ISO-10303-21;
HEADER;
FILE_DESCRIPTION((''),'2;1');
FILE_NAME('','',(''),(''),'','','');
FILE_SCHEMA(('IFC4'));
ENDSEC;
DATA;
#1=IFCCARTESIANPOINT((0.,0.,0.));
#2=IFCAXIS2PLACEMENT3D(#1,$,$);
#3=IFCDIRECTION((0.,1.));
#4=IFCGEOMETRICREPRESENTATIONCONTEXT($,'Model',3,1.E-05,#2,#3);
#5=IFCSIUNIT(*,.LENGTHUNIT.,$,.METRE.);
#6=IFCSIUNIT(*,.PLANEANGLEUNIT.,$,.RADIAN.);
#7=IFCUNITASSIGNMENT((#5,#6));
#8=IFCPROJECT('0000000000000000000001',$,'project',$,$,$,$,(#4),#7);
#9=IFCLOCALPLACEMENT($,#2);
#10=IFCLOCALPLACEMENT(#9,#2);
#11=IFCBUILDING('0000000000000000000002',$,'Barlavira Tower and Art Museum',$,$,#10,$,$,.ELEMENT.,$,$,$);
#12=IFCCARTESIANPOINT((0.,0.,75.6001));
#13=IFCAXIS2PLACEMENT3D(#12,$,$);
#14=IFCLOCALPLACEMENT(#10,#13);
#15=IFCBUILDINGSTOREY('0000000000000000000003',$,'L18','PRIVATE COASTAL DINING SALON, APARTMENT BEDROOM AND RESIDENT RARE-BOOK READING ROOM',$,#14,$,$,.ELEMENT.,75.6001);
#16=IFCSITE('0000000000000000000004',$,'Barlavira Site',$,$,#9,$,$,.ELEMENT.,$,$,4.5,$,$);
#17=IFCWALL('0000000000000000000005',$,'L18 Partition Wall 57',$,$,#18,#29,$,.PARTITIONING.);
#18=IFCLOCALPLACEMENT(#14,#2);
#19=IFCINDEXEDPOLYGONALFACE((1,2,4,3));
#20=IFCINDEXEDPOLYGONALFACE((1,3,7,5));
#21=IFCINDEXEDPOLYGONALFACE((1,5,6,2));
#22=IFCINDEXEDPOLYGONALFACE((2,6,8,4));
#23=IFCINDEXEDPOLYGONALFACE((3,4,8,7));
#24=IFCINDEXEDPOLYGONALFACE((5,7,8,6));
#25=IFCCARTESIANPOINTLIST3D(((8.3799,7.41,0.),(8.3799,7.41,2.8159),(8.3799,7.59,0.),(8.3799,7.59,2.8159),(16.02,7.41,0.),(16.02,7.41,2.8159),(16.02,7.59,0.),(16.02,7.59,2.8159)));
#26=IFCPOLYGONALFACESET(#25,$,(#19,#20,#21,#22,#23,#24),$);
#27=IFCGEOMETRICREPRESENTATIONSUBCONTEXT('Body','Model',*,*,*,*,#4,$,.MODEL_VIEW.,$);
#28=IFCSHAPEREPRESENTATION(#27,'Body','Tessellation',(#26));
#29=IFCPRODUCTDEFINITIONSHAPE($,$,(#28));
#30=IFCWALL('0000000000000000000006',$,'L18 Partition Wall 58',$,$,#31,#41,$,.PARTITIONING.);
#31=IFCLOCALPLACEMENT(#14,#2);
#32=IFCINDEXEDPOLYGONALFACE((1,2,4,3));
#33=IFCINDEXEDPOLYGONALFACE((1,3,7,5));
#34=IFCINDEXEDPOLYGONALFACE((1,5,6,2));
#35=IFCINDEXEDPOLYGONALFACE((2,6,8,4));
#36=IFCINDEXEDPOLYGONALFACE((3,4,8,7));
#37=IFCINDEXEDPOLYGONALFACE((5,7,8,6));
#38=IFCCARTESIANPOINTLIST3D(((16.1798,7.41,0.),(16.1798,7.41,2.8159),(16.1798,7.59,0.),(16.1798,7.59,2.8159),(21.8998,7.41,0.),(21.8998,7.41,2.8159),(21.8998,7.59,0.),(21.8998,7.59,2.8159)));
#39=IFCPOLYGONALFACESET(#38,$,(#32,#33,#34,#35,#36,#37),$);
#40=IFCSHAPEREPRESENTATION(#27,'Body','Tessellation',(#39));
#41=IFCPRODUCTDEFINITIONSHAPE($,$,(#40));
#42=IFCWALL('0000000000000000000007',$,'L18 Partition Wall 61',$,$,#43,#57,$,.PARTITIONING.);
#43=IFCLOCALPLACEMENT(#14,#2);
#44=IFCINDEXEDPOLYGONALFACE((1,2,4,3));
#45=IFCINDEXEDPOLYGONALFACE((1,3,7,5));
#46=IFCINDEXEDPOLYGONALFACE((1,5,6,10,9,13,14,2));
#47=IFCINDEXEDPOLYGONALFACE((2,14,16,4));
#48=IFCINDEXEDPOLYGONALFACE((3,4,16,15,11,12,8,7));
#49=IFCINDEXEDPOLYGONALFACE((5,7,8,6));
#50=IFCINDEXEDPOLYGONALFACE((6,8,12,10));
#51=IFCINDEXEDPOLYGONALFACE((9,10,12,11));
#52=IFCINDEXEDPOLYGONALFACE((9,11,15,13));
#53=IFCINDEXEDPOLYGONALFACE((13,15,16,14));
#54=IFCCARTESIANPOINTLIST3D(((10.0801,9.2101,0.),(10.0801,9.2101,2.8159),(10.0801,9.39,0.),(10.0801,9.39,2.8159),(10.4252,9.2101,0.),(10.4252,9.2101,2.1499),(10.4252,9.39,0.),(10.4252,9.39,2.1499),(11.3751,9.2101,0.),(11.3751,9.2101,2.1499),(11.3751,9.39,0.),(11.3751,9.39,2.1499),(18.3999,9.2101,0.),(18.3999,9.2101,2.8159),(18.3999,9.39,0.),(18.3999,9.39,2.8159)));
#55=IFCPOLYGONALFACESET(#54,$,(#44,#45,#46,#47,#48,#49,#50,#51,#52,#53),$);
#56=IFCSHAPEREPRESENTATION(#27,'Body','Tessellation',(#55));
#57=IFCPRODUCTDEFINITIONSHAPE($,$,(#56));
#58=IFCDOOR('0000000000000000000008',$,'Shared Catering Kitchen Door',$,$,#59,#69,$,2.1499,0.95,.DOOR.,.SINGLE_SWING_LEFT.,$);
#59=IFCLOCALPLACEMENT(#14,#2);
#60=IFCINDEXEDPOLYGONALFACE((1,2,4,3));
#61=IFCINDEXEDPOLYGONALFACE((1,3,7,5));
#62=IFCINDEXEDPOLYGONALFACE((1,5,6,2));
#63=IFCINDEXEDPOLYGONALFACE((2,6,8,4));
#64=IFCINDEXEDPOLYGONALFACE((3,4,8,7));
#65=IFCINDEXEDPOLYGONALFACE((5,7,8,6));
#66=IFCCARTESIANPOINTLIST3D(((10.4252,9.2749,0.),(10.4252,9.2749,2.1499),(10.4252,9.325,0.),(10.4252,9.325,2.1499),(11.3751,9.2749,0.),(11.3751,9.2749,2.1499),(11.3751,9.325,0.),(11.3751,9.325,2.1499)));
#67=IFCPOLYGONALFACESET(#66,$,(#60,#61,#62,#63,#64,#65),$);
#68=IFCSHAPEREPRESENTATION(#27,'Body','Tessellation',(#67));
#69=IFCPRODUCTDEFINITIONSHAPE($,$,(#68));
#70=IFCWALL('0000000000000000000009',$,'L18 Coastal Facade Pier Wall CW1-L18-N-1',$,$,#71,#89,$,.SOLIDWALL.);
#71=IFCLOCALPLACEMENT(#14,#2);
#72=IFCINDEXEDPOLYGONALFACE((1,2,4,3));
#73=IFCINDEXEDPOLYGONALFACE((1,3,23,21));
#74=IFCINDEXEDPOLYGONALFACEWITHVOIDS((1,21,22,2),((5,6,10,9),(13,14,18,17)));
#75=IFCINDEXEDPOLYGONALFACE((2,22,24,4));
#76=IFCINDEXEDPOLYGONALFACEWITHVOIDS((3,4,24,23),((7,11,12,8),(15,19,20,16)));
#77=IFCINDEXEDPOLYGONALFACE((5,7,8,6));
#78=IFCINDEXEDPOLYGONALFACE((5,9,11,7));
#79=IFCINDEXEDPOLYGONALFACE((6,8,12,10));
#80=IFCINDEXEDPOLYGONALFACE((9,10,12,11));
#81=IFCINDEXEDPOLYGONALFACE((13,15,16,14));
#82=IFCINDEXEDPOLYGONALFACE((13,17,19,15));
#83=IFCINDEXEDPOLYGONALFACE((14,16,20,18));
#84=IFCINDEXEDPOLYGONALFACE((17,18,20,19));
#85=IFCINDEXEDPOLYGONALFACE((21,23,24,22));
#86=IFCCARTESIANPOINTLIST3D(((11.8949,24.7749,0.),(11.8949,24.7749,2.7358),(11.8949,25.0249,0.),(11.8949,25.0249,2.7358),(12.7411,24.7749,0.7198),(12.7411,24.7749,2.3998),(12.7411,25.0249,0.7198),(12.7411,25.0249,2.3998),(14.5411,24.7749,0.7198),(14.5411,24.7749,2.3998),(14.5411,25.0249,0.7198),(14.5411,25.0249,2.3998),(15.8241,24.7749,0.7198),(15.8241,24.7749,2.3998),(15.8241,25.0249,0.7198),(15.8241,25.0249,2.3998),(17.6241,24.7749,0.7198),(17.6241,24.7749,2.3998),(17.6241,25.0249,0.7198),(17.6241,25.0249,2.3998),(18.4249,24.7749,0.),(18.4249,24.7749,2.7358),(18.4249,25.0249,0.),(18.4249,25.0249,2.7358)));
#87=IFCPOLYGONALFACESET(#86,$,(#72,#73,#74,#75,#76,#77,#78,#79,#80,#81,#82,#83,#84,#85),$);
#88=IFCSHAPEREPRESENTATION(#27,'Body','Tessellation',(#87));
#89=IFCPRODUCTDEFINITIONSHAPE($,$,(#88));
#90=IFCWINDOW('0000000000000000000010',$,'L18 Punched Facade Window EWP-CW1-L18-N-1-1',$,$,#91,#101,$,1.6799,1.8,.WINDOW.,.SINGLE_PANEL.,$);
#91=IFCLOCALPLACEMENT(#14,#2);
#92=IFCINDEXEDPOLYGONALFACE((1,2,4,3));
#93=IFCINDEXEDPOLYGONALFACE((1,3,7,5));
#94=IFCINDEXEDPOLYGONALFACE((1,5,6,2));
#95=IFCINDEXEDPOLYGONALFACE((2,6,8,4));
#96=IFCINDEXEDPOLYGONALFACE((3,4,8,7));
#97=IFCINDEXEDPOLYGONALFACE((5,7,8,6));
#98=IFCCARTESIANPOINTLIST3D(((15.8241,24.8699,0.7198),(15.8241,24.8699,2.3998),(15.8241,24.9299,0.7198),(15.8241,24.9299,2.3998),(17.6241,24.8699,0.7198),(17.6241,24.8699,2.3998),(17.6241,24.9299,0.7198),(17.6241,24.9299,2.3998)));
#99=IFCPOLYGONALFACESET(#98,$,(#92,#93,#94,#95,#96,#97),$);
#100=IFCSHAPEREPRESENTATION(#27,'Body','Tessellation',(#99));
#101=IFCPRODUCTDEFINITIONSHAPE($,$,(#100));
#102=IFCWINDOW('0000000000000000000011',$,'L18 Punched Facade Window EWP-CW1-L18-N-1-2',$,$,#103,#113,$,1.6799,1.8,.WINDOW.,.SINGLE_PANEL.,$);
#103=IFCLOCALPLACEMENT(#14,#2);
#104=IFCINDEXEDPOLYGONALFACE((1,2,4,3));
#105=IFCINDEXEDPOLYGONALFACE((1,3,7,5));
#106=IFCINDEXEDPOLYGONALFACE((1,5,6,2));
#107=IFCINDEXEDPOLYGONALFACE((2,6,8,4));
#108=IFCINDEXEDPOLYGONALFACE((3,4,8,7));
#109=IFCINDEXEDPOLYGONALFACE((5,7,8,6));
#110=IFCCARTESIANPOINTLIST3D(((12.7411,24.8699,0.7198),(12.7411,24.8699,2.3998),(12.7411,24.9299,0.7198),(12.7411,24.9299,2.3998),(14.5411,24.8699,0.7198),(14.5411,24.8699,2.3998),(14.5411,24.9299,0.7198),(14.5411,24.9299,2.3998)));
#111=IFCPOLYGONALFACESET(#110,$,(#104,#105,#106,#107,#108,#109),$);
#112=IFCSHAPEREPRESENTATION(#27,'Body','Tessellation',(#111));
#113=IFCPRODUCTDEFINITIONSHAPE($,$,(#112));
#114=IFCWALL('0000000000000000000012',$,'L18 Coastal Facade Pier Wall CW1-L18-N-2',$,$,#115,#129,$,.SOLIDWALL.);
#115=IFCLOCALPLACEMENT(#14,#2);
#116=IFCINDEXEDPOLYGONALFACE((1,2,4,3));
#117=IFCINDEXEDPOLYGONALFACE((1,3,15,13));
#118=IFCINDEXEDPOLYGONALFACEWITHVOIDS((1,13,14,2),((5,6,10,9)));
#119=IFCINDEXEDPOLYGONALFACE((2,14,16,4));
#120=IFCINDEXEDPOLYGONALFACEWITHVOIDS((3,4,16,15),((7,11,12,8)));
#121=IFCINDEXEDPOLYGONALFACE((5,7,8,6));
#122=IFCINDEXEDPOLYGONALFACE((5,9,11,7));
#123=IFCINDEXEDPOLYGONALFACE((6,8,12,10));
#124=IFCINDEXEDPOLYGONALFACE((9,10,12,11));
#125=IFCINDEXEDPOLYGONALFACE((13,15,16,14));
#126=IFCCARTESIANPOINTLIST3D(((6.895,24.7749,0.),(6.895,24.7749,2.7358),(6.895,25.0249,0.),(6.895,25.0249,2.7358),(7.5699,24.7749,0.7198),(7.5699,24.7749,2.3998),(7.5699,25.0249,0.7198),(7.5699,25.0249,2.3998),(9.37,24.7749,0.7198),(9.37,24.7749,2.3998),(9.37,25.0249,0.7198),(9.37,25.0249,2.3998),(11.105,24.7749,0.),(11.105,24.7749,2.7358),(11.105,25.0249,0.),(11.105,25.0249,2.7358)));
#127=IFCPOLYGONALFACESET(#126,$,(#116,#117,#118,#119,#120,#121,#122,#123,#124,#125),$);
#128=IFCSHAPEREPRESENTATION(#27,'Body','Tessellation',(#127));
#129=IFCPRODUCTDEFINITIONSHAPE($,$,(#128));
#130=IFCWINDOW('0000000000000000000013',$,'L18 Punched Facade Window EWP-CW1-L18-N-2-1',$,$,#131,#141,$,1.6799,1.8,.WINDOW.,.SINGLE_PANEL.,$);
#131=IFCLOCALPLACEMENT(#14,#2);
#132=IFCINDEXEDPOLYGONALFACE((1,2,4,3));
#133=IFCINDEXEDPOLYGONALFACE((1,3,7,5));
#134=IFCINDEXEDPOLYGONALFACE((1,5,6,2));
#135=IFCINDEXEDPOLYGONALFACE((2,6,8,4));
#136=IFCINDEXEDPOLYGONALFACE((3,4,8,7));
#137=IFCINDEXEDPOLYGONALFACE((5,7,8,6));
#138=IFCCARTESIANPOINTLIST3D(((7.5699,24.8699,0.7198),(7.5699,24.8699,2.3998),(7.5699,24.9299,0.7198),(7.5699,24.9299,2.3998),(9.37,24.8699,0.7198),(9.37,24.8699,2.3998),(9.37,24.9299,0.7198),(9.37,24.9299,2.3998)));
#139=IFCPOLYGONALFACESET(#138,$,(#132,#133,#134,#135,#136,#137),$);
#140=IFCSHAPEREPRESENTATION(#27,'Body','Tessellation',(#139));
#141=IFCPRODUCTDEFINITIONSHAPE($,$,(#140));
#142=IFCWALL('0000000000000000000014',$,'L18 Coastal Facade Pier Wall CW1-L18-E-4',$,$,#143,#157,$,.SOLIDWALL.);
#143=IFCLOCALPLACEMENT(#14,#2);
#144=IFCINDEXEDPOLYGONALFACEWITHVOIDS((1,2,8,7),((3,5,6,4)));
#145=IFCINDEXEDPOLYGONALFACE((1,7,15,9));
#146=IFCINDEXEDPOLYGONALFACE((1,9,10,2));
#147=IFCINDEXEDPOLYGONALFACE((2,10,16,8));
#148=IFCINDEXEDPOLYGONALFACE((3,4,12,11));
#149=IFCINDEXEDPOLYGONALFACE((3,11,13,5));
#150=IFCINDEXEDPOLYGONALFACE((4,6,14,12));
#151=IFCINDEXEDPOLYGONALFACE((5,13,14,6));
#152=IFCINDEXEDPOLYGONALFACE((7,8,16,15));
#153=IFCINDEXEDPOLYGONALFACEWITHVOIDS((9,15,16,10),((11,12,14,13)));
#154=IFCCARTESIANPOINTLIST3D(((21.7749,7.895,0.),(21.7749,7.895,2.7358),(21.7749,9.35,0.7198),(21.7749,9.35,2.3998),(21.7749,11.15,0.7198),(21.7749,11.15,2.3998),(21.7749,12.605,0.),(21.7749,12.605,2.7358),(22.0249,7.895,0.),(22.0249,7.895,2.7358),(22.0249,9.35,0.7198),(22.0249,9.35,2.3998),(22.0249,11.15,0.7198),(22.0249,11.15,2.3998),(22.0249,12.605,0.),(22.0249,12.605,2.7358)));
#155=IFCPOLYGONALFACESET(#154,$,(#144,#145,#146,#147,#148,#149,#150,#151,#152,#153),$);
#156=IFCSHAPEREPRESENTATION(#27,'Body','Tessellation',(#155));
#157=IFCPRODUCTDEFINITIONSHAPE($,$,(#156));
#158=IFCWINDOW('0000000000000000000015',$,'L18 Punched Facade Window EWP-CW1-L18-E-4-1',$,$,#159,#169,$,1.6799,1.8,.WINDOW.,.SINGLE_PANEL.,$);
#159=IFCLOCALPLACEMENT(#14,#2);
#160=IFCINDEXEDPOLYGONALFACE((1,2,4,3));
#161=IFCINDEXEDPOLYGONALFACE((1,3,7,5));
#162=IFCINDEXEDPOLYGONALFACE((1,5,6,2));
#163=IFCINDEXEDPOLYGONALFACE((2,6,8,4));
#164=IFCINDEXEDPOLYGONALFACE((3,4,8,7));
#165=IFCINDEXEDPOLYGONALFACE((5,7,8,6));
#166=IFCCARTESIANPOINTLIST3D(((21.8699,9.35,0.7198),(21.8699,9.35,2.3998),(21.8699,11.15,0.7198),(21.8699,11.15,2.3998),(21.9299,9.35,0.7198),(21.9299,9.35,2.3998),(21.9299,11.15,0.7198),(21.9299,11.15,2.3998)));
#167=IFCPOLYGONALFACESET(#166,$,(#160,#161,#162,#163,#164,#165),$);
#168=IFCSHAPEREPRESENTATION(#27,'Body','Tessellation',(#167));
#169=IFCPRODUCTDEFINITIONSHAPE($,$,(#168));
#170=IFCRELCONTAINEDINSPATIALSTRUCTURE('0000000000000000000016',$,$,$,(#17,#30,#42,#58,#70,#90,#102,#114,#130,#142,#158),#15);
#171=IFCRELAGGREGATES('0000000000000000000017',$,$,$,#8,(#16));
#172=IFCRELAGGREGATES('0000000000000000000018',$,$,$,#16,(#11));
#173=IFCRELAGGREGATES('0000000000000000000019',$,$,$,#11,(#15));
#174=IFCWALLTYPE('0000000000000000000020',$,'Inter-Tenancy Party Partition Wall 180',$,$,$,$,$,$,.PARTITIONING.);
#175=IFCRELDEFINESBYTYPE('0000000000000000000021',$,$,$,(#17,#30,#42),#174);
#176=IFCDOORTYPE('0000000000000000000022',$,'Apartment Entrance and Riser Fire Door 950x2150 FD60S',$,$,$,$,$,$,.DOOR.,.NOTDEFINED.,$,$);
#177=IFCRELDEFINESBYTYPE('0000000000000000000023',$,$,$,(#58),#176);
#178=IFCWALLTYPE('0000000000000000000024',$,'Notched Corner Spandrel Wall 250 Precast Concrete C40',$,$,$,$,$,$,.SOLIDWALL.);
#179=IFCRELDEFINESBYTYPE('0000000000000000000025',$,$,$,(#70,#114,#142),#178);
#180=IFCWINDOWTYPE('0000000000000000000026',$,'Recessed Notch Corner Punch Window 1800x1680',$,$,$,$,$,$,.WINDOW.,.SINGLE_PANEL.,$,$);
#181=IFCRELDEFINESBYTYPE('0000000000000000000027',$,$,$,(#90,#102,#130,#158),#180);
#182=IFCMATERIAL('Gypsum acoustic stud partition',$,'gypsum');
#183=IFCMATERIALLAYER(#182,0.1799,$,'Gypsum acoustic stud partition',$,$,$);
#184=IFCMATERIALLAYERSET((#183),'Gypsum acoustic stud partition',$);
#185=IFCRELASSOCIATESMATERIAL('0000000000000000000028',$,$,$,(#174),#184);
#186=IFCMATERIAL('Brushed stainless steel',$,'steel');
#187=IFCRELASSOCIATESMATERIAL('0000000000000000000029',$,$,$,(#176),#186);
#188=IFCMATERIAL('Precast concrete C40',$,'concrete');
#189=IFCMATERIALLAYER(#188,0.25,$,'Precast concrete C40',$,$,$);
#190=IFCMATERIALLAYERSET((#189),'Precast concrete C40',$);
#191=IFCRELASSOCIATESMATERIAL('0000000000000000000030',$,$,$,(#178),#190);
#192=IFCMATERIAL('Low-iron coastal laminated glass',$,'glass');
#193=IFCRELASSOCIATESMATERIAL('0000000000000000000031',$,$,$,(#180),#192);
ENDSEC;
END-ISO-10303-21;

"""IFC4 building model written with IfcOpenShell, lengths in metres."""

from ifc_helpers import new_model, si_unit, direction, frame, frame_2d, origin, place, context, subcontext, project, spatial, rectangle, extrude, material, layer, layer_set, type_object, element, fill, save


model = new_model("IFC4")

# Units and contexts
model_context = context("Model", 3, precision=1e-05, world=origin(), true_north=direction((0.0, 1.0)))
body_context = subcontext(model_context, "Body", "Model", "MODEL_VIEW")
ifc_project = project(units=[si_unit("LENGTHUNIT", "METRE"), si_unit("PLANEANGLEUNIT", "RADIAN")], contexts=[model_context])

# Site, building, storey
site_placement = place(None, origin())
site = spatial("IfcSite", under=ifc_project, at=site_placement, Name="Barlavira Site", CompositionType="ELEMENT", RefElevation=4.5)
building_placement = place(site_placement, origin())
building = spatial("IfcBuilding", under=site, at=building_placement, Name="Barlavira Tower and Art Museum", CompositionType="ELEMENT")
storey_placement = place(building_placement, frame((0.0, 0.0, 75.6001)))
storey = spatial("IfcBuildingStorey", under=building, at=storey_placement, Name="L18", Description="PRIVATE COASTAL DINING SALON, APARTMENT BEDROOM AND RESIDENT RARE-BOOK READING ROOM", CompositionType="ELEMENT", Elevation=75.6001)

# Walls
ifc_material_1 = material(Name="Gypsum acoustic stud partition", Category="gypsum")
ifc_layer_1 = layer(ifc_material_1, 0.1799, Name="Gypsum acoustic stud partition")
ifc_layer_set_1 = layer_set([ifc_layer_1], Name="Gypsum acoustic stud partition")
wall_type_1 = type_object("IfcWallType", Name="Inter-Tenancy Party Partition Wall 180", PredefinedType="PARTITIONING", material=ifc_layer_set_1)
wall_1_placement = place(storey_placement, frame((8.3799, 7.5, 0.0), z_axis=(0.0, 0.0, 1.0), x_axis=(1.0, 0.0, 0.0)))
element("IfcWall", 1, at=wall_1_placement, inside=storey, type_object=wall_type_1, Name="L18 Partition Wall 57", PredefinedType="PARTITIONING", context=body_context, shape_type="SweptSolid", body=[
    extrude(rectangle(XDim=7.6401, YDim=0.1799, at=frame_2d((3.8201, 0.0))), origin(), (0.0, 0.0, 1.0), 2.8159),
])
wall_2_placement = place(storey_placement, frame((16.1799, 7.5, 0.0), z_axis=(0.0, 0.0, 1.0), x_axis=(1.0, 0.0, 0.0)))
element("IfcWall", 2, at=wall_2_placement, inside=storey, type_object=wall_type_1, Name="L18 Partition Wall 58", PredefinedType="PARTITIONING", context=body_context, shape_type="SweptSolid", body=[
    extrude(rectangle(XDim=5.72, YDim=0.1799, at=frame_2d((2.8599, 0.0))), origin(), (0.0, 0.0, 1.0), 2.8159),
])

# Wall, opening, door
wall_3_placement = place(storey_placement, frame((10.0801, 9.3, 0.0), z_axis=(0.0, 0.0, 1.0), x_axis=(1.0, 0.0, 0.0)))
wall_3 = element("IfcWall", 3, at=wall_3_placement, inside=storey, type_object=wall_type_1, Name="L18 Partition Wall 61", PredefinedType="PARTITIONING", context=body_context, shape_type="SweptSolid", body=[
    extrude(rectangle(XDim=8.3198, YDim=0.1799, at=frame_2d((4.1599, 0.0))), origin(), (0.0, 0.0, 1.0), 2.8159),
])
opening_1_placement = place(wall_3_placement, frame((0.345, 0.0, 0.0)))
opening_1 = element("IfcOpeningElement", 4, at=opening_1_placement, cuts=wall_3, PredefinedType="OPENING", context=body_context, shape_type="SweptSolid", body=[
    extrude(rectangle(XDim=0.95, YDim=2.1499, at=frame_2d((0.4751, 1.075))), frame((0.0, 0.1001, 0.0), z_axis=(0.0, -1.0, 0.0), x_axis=(1.0, 0.0, 0.0)), (0.0, 0.0, 1.0), 0.2),
])
ifc_material_2 = material(Name="Brushed stainless steel", Category="steel")
door_type = type_object("IfcDoorType", Name="Apartment Entrance and Riser Fire Door 950x2150 FD60S", OperationType="NOTDEFINED", PredefinedType="DOOR", material=ifc_material_2)
door_placement = place(opening_1_placement, origin())
door = element("IfcDoor", 5, at=door_placement, inside=storey, type_object=door_type, Name="Shared Catering Kitchen Door", OperationType="SINGLE_SWING_LEFT", OverallHeight=2.1499, OverallWidth=0.95, PredefinedType="DOOR", context=body_context, shape_type="SweptSolid", body=[
    extrude(rectangle(XDim=0.95, YDim=2.1499, at=frame_2d((0.4751, 1.075))), frame((0.0, 0.0249, 0.0), z_axis=(0.0, -1.0, 0.0), x_axis=(1.0, 0.0, 0.0)), (0.0, 0.0, 1.0), 0.05),
])
fill(opening_1, door)

# Wall, openings, windows
ifc_material_3 = material(Name="Precast concrete C40", Category="concrete")
ifc_layer_2 = layer(ifc_material_3, 0.25, Name="Precast concrete C40")
ifc_layer_set_2 = layer_set([ifc_layer_2], Name="Precast concrete C40")
wall_type_2 = type_object("IfcWallType", Name="Notched Corner Spandrel Wall 250 Precast Concrete C40", PredefinedType="SOLIDWALL", material=ifc_layer_set_2)
wall_4_placement = place(storey_placement, frame((18.425, 24.8999, 0.0), z_axis=(0.0, 0.0, 1.0), x_axis=(-1.0, 0.0, 0.0)))
wall_4 = element("IfcWall", 6, at=wall_4_placement, inside=storey, type_object=wall_type_2, Name="L18 Coastal Facade Pier Wall CW1-L18-N-1", PredefinedType="SOLIDWALL", context=body_context, shape_type="SweptSolid", body=[
    extrude(rectangle(XDim=6.53, YDim=0.25, at=frame_2d((3.2651, 0.0))), origin(), (0.0, 0.0, 1.0), 2.7358),
])
opening_2_placement = place(wall_4_placement, frame((0.801, 0.0, 0.72)))
opening_2 = element("IfcOpeningElement", 7, at=opening_2_placement, cuts=wall_4, PredefinedType="OPENING", context=body_context, shape_type="SweptSolid", body=[
    extrude(rectangle(XDim=1.8, YDim=1.6799, at=frame_2d((0.8999, 0.8398))), frame((0.0, 0.135, 0.0), z_axis=(0.0, -1.0, 0.0), x_axis=(1.0, 0.0, 0.0)), (0.0, 0.0, 1.0), 0.27),
])
opening_3_placement = place(wall_4_placement, frame((3.884, 0.0, 0.72)))
opening_3 = element("IfcOpeningElement", 8, at=opening_3_placement, cuts=wall_4, PredefinedType="OPENING", context=body_context, shape_type="SweptSolid", body=[
    extrude(rectangle(XDim=1.8, YDim=1.6799, at=frame_2d((0.8999, 0.8398))), frame((0.0, 0.135, 0.0), z_axis=(0.0, -1.0, 0.0), x_axis=(1.0, 0.0, 0.0)), (0.0, 0.0, 1.0), 0.27),
])
ifc_material_4 = material(Name="Low-iron coastal laminated glass", Category="glass")
window_type = type_object("IfcWindowType", Name="Recessed Notch Corner Punch Window 1800x1680", PartitioningType="SINGLE_PANEL", PredefinedType="WINDOW", material=ifc_material_4)
window_1_placement = place(opening_2_placement, origin())
window_1 = element("IfcWindow", 9, at=window_1_placement, inside=storey, type_object=window_type, Name="L18 Punched Facade Window EWP-CW1-L18-N-1-1", OverallHeight=1.6799, OverallWidth=1.8, PartitioningType="SINGLE_PANEL", PredefinedType="WINDOW", context=body_context, shape_type="SweptSolid", body=[
    extrude(rectangle(XDim=1.8, YDim=1.6799, at=frame_2d((0.8999, 0.8398))), frame((0.0, 0.03, 0.0), z_axis=(0.0, -1.0, 0.0), x_axis=(1.0, 0.0, 0.0)), (0.0, 0.0, 1.0), 0.0601),
])
fill(opening_2, window_1)
window_2_placement = place(opening_3_placement, origin())
window_2 = element("IfcWindow", 10, at=window_2_placement, inside=storey, type_object=window_type, Name="L18 Punched Facade Window EWP-CW1-L18-N-1-2", OverallHeight=1.6799, OverallWidth=1.8, PartitioningType="SINGLE_PANEL", PredefinedType="WINDOW", context=body_context, shape_type="SweptSolid", body=[
    extrude(rectangle(XDim=1.8, YDim=1.6799, at=frame_2d((0.8999, 0.8398))), frame((0.0, 0.03, 0.0), z_axis=(0.0, -1.0, 0.0), x_axis=(1.0, 0.0, 0.0)), (0.0, 0.0, 1.0), 0.0601),
])
fill(opening_3, window_2)

# Walls, openings, windows
wall_5_placement = place(storey_placement, frame((11.105, 24.8999, 0.0), z_axis=(0.0, 0.0, 1.0), x_axis=(-1.0, 0.0, 0.0)))
wall_5 = element("IfcWall", 11, at=wall_5_placement, inside=storey, type_object=wall_type_2, Name="L18 Coastal Facade Pier Wall CW1-L18-N-2", PredefinedType="SOLIDWALL", context=body_context, shape_type="SweptSolid", body=[
    extrude(rectangle(XDim=4.21, YDim=0.25, at=frame_2d((2.105, 0.0))), origin(), (0.0, 0.0, 1.0), 2.7358),
])
opening_4_placement = place(wall_5_placement, frame((1.7351, 0.0, 0.72)))
opening_4 = element("IfcOpeningElement", 12, at=opening_4_placement, cuts=wall_5, PredefinedType="OPENING", context=body_context, shape_type="SweptSolid", body=[
    extrude(rectangle(XDim=1.8, YDim=1.6799, at=frame_2d((0.8999, 0.8398))), frame((0.0, 0.135, 0.0), z_axis=(0.0, -1.0, 0.0), x_axis=(1.0, 0.0, 0.0)), (0.0, 0.0, 1.0), 0.27),
])
window_3_placement = place(opening_4_placement, origin())
window_3 = element("IfcWindow", 13, at=window_3_placement, inside=storey, type_object=window_type, Name="L18 Punched Facade Window EWP-CW1-L18-N-2-1", OverallHeight=1.6799, OverallWidth=1.8, PartitioningType="SINGLE_PANEL", PredefinedType="WINDOW", context=body_context, shape_type="SweptSolid", body=[
    extrude(rectangle(XDim=1.8, YDim=1.6799, at=frame_2d((0.8999, 0.8398))), frame((0.0, 0.03, 0.0), z_axis=(0.0, -1.0, 0.0), x_axis=(1.0, 0.0, 0.0)), (0.0, 0.0, 1.0), 0.0601),
])
fill(opening_4, window_3)
wall_6_placement = place(storey_placement, frame((21.8999, 7.895, 0.0), z_axis=(0.0, 0.0, 1.0), x_axis=(0.0, 1.0, 0.0)))
wall_6 = element("IfcWall", 14, at=wall_6_placement, inside=storey, type_object=wall_type_2, Name="L18 Coastal Facade Pier Wall CW1-L18-E-4", PredefinedType="SOLIDWALL", context=body_context, shape_type="SweptSolid", body=[
    extrude(rectangle(XDim=4.71, YDim=0.25, at=frame_2d((2.355, 0.0))), origin(), (0.0, 0.0, 1.0), 2.7358),
])
opening_5_placement = place(wall_6_placement, frame((1.4551, 0.0, 0.72)))
opening_5 = element("IfcOpeningElement", 15, at=opening_5_placement, cuts=wall_6, PredefinedType="OPENING", context=body_context, shape_type="SweptSolid", body=[
    extrude(rectangle(XDim=1.8, YDim=1.6799, at=frame_2d((0.8999, 0.8398))), frame((0.0, 0.135, 0.0), z_axis=(0.0, -1.0, 0.0), x_axis=(1.0, 0.0, 0.0)), (0.0, 0.0, 1.0), 0.27),
])
window_4_placement = place(opening_5_placement, origin())
window_4 = element("IfcWindow", 16, at=window_4_placement, inside=storey, type_object=window_type, Name="L18 Punched Facade Window EWP-CW1-L18-E-4-1", OverallHeight=1.6799, OverallWidth=1.8, PartitioningType="SINGLE_PANEL", PredefinedType="WINDOW", context=body_context, shape_type="SweptSolid", body=[
    extrude(rectangle(XDim=1.8, YDim=1.6799, at=frame_2d((0.8999, 0.8398))), frame((0.0, 0.03, 0.0), z_axis=(0.0, -1.0, 0.0), x_axis=(1.0, 0.0, 0.0)), (0.0, 0.0, 1.0), 0.0601),
])
fill(opening_5, window_4)

save(model, "model.ifc")
